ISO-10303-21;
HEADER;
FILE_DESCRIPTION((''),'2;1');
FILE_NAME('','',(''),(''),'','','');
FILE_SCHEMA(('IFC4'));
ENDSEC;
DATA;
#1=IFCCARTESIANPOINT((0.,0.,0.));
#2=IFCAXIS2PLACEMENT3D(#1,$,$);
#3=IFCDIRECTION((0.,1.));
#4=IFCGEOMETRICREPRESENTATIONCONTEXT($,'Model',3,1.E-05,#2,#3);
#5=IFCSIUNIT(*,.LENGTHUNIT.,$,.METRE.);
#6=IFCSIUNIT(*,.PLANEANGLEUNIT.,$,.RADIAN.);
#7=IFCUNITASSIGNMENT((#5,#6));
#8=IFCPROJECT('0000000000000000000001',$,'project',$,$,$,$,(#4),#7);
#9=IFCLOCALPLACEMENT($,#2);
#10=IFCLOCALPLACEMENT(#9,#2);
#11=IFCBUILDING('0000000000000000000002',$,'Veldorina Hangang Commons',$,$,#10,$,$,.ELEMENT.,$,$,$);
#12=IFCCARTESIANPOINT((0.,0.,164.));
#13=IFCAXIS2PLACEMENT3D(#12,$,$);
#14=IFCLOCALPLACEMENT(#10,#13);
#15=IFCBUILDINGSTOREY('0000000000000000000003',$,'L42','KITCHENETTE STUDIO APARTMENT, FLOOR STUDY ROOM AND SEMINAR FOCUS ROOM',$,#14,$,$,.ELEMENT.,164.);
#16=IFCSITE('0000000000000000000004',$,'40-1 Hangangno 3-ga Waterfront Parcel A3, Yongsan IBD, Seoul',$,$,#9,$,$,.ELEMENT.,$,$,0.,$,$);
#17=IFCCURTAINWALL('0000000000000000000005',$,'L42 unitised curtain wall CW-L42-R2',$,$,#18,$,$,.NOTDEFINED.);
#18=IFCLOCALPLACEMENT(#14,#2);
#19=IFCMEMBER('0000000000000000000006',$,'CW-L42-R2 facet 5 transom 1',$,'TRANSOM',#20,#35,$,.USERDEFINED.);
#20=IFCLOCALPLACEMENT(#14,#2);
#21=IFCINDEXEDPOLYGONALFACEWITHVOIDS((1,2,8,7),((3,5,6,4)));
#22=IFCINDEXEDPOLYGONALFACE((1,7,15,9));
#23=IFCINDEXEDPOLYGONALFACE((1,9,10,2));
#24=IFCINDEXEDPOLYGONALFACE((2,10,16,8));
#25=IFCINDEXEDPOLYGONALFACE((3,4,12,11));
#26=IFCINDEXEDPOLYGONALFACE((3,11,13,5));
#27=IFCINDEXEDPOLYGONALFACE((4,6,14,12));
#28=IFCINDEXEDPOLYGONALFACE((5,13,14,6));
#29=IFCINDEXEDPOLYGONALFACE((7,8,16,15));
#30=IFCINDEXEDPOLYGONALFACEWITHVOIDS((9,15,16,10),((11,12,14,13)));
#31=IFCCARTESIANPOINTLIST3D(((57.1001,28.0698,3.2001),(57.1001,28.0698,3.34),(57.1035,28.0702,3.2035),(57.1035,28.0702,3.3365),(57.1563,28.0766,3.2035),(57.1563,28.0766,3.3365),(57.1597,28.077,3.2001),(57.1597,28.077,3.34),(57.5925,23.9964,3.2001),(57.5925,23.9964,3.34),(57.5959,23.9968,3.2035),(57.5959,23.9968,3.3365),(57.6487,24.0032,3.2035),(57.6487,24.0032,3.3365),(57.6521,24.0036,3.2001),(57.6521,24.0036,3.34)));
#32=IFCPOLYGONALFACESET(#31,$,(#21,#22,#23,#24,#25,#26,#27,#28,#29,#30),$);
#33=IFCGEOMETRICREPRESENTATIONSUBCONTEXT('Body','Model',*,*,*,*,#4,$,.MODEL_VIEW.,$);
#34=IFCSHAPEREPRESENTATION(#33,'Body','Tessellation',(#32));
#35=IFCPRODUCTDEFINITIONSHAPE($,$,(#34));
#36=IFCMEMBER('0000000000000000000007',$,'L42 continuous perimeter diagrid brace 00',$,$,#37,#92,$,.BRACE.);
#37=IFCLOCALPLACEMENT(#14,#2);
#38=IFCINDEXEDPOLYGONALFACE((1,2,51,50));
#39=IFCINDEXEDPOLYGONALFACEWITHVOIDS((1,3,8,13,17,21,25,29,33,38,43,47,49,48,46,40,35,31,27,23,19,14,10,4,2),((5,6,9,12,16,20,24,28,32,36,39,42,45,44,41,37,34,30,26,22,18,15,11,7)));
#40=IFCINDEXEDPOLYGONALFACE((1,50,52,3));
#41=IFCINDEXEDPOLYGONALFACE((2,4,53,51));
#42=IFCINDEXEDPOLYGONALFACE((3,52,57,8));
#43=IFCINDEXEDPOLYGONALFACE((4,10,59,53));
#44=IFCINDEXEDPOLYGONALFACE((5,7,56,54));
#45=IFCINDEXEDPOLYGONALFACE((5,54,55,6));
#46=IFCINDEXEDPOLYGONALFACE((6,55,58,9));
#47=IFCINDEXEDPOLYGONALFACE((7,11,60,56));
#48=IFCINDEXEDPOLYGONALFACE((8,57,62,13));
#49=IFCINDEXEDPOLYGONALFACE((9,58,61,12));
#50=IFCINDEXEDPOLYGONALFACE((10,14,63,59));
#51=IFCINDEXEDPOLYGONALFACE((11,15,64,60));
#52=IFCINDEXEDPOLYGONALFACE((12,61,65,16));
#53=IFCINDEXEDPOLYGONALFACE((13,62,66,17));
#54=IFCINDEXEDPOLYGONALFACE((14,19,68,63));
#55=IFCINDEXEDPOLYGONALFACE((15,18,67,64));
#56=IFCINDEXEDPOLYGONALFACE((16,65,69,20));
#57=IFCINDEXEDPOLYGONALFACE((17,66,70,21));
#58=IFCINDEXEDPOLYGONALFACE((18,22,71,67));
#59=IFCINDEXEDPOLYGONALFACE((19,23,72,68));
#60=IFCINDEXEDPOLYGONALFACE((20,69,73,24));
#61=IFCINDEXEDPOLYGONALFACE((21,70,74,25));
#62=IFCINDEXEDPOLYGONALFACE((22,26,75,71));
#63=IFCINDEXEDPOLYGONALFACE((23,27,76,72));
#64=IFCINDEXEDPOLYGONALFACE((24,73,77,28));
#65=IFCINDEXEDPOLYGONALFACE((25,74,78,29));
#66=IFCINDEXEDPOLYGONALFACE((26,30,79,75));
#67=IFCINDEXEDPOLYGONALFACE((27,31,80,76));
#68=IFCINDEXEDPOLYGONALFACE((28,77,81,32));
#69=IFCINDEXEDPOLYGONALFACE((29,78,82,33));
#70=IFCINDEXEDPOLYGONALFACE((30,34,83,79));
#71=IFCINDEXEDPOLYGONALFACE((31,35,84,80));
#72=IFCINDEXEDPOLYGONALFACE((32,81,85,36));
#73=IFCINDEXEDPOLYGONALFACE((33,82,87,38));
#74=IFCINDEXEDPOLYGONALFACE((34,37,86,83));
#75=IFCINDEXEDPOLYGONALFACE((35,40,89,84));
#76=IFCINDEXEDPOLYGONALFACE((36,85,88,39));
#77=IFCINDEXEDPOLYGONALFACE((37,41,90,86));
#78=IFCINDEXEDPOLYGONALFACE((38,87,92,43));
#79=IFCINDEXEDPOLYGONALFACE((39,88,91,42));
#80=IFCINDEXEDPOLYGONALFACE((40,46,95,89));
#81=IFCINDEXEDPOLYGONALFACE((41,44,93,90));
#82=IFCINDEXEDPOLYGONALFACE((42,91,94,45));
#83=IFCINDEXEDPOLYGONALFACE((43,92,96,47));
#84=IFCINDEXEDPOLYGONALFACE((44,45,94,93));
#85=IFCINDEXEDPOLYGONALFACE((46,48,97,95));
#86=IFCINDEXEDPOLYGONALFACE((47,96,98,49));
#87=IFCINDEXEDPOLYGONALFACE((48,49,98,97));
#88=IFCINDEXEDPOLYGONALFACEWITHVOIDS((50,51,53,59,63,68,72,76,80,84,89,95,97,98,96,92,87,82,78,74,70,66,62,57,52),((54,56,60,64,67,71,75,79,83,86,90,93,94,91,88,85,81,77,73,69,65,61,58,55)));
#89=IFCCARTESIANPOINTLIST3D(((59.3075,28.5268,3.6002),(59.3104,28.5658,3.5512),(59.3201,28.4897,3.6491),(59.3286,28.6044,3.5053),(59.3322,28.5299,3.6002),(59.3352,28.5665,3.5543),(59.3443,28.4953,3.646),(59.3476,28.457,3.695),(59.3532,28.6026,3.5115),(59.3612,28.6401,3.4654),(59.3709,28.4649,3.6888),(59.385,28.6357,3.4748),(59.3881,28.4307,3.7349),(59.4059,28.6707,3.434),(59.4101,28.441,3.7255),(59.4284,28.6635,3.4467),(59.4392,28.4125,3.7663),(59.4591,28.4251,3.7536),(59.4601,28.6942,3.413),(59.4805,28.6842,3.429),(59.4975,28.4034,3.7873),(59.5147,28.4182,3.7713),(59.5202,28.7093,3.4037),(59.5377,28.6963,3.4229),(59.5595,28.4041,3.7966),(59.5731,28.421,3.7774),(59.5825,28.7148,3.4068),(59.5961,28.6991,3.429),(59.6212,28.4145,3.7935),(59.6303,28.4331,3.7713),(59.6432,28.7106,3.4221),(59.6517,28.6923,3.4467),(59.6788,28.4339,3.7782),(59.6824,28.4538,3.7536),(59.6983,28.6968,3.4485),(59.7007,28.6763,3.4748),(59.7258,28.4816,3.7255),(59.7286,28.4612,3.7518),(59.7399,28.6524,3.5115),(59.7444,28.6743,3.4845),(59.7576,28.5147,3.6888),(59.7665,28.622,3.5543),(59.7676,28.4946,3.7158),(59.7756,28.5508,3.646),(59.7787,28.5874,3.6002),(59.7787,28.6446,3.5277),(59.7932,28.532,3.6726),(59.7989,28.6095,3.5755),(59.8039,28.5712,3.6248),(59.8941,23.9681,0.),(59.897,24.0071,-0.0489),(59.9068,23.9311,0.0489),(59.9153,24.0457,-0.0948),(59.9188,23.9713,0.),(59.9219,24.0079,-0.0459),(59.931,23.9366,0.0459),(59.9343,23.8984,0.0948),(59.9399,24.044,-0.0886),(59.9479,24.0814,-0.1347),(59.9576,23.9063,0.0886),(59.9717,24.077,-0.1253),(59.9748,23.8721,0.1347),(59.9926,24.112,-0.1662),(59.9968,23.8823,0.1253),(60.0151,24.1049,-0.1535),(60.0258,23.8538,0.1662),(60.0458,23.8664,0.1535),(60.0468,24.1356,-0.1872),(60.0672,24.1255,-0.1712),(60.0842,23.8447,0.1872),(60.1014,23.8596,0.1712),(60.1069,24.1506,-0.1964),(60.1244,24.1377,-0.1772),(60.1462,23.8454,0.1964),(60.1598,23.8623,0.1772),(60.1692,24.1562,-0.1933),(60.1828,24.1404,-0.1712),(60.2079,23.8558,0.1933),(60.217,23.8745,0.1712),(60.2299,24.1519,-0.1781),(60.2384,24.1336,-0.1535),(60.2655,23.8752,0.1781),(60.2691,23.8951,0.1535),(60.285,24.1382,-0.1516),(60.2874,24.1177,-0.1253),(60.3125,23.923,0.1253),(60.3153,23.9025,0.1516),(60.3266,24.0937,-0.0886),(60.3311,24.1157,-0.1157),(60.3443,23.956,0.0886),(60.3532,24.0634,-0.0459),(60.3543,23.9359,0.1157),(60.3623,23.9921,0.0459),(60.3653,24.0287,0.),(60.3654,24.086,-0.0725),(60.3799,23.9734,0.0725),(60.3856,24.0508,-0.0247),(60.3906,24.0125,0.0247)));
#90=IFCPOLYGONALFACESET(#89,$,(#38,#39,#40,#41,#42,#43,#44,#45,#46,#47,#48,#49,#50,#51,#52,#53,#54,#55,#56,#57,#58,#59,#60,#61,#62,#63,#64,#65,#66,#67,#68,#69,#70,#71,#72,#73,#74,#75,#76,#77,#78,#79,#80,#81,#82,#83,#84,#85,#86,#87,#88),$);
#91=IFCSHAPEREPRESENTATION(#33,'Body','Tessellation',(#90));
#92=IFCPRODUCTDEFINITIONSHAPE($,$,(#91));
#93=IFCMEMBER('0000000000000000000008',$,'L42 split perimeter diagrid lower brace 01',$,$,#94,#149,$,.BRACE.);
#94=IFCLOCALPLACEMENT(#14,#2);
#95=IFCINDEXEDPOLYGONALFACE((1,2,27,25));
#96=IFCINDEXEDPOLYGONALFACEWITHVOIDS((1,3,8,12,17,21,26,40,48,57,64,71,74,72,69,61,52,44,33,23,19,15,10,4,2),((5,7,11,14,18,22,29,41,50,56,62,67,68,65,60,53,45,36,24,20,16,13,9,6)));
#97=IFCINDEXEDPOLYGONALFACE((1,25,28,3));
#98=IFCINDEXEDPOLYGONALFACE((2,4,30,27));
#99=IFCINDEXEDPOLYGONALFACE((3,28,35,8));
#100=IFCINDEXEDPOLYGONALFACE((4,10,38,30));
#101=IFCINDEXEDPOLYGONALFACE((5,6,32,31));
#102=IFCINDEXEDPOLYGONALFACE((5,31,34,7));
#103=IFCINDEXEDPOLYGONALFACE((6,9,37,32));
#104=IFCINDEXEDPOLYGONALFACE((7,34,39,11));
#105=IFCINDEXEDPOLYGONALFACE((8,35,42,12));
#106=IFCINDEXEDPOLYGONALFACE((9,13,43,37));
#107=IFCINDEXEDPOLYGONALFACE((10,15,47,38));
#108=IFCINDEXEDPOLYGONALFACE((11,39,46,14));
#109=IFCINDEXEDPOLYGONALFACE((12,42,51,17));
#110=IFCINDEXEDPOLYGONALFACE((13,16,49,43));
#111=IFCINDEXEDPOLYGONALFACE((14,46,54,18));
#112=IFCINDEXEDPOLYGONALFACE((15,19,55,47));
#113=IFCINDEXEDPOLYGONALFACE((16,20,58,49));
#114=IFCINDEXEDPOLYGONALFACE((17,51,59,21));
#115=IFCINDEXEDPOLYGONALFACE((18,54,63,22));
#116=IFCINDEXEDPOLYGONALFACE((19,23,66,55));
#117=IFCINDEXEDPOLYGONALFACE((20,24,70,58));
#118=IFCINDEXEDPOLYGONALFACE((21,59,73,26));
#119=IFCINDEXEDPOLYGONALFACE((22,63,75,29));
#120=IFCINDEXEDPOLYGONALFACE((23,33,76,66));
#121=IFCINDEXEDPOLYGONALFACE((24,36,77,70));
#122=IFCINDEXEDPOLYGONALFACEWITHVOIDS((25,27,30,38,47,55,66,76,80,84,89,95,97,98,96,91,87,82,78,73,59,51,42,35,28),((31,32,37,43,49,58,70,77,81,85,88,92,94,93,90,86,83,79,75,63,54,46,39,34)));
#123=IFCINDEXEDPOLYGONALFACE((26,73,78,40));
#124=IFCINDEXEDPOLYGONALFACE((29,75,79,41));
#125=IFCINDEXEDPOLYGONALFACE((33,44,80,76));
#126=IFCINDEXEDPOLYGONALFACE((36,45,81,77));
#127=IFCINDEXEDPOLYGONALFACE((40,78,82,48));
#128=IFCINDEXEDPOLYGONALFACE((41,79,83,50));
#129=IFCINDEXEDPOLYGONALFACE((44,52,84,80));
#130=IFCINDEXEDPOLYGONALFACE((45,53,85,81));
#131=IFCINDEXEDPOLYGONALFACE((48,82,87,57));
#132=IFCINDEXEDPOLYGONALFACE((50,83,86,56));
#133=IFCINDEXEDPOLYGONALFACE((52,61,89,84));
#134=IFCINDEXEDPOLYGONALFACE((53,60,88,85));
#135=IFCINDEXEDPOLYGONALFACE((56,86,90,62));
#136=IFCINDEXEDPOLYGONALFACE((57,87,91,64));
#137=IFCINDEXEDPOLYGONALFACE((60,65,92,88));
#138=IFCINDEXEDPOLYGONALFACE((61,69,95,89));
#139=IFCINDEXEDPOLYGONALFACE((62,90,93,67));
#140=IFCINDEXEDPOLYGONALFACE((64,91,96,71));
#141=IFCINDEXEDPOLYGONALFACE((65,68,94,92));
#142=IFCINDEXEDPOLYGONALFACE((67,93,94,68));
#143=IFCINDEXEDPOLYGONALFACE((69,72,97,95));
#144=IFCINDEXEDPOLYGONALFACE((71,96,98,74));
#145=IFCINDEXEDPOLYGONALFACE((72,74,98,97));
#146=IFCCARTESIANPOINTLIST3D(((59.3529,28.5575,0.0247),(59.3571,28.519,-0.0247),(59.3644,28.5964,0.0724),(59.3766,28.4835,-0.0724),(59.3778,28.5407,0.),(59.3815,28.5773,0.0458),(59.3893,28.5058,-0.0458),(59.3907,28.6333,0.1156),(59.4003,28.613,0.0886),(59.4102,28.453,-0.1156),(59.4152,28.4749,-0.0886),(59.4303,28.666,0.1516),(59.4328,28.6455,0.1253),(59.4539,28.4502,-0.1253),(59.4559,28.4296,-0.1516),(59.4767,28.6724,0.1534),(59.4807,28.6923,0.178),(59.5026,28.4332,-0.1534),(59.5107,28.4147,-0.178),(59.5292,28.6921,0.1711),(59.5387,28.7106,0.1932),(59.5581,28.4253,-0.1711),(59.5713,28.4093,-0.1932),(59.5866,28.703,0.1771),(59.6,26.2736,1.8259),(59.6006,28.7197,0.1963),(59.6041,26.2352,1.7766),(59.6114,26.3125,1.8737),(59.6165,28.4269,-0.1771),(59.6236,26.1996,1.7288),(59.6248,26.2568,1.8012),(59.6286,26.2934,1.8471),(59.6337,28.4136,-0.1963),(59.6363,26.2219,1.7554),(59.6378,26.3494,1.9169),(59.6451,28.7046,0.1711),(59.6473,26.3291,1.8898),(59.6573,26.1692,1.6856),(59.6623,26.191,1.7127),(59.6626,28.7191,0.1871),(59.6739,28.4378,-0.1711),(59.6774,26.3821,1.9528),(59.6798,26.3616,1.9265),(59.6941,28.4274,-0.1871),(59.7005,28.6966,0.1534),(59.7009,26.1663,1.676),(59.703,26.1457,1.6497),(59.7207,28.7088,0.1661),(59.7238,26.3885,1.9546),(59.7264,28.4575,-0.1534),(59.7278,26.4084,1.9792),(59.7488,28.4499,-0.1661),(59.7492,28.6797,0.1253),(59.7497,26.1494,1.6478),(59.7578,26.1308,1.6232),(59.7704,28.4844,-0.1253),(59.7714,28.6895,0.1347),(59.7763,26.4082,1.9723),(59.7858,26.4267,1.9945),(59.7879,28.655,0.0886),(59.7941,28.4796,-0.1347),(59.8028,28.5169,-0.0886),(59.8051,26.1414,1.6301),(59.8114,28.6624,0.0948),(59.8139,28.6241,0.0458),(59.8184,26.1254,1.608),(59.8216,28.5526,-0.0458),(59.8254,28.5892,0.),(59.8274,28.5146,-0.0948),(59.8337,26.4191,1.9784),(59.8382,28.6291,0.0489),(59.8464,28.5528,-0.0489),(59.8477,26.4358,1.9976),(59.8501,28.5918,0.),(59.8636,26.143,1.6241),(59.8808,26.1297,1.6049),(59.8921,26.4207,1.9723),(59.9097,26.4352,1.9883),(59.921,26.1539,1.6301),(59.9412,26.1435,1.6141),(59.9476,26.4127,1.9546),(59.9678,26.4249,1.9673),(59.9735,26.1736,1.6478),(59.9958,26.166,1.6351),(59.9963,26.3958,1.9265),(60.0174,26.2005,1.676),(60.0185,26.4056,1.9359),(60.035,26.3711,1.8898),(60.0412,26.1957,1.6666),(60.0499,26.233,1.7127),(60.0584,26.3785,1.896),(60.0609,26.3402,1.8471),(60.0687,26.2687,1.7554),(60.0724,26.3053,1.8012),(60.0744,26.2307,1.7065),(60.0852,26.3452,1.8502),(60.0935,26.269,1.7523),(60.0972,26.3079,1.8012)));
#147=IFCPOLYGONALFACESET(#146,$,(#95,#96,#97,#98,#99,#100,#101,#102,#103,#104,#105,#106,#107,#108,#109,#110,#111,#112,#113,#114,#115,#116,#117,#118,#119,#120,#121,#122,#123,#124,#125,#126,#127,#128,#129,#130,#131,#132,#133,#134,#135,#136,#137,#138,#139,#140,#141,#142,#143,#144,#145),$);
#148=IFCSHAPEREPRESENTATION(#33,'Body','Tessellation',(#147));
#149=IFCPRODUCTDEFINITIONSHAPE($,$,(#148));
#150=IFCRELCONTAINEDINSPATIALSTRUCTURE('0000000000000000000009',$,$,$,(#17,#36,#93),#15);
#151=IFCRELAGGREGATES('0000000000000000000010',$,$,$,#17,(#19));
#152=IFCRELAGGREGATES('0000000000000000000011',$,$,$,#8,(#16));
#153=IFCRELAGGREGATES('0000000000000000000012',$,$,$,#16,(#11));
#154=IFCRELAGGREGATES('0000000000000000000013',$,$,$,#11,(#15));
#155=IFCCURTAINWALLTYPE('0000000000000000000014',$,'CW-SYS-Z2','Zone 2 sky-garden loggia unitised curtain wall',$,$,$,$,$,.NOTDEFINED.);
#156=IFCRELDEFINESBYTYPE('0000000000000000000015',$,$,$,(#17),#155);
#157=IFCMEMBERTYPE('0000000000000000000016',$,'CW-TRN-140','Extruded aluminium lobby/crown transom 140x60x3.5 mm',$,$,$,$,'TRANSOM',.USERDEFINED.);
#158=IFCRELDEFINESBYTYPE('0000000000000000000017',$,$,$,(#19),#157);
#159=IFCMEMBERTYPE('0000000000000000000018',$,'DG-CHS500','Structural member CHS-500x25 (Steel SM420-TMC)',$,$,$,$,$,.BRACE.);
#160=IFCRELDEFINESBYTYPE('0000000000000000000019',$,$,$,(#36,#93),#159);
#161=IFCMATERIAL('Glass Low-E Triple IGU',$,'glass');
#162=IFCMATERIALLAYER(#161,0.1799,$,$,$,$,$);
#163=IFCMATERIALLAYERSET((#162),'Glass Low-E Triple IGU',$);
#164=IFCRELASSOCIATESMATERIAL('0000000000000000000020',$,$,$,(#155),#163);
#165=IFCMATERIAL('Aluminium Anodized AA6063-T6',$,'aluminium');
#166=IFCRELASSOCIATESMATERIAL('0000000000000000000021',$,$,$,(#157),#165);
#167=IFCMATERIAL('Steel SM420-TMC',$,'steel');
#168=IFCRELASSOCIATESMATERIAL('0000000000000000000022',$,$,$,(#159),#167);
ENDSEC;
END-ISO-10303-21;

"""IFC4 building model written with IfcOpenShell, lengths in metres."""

from ifc_helpers import new_model, si_unit, direction, frame, origin, origin_2d, place, context, subcontext, project, spatial, hollow_rectangle, hollow_circle, extrude, material, layer, layer_set, material_profile, profile_set, type_object, element, aggregate, save


model = new_model("IFC4")

# Units and contexts
model_context = context("Model", 3, precision=1e-05, world=origin(), true_north=direction((0.0, 1.0)))
body_context = subcontext(model_context, "Body", "Model", "MODEL_VIEW")
ifc_project = project(units=[si_unit("LENGTHUNIT", "METRE"), si_unit("PLANEANGLEUNIT", "RADIAN")], contexts=[model_context])

# Site, building, storey
site_placement = place(None, origin())
site = spatial("IfcSite", under=ifc_project, at=site_placement, Name="40-1 Hangangno 3-ga Waterfront Parcel A3, Yongsan IBD, Seoul", CompositionType="ELEMENT", RefElevation=0.0)
building_placement = place(site_placement, origin())
building = spatial("IfcBuilding", under=site, at=building_placement, Name="Veldorina Hangang Commons", CompositionType="ELEMENT")
storey_placement = place(building_placement, frame((0.0, 0.0, 164.0)))
storey = spatial("IfcBuildingStorey", under=building, at=storey_placement, Name="L42", Description="KITCHENETTE STUDIO APARTMENT, FLOOR STUDY ROOM AND SEMINAR FOCUS ROOM", CompositionType="ELEMENT", Elevation=164.0)

# Shared definitions
ifc_material_1 = material(Name="Steel SM420-TMC", Category="steel")

# Curtain wall, member
ifc_material_2 = material(Name="Glass Low-E Triple IGU", Category="glass")
ifc_layer_1 = layer(ifc_material_2, 0.1799)
ifc_layer_set_1 = layer_set([ifc_layer_1], Name="Glass Low-E Triple IGU")
curtain_wall_type = type_object("IfcCurtainWallType", Name="CW-SYS-Z2", Description="Zone 2 sky-garden loggia unitised curtain wall", PredefinedType="NOTDEFINED", material=ifc_layer_set_1)
curtain_wall_placement = place(storey_placement, origin())
curtain_wall = element("IfcCurtainWall", 1, at=curtain_wall_placement, inside=storey, type_object=curtain_wall_type, Name="L42 unitised curtain wall CW-L42-R2", PredefinedType="NOTDEFINED")
ifc_material_3 = material(Name="Aluminium Anodized AA6063-T6", Category="aluminium")
ifc_material_profile_1 = material_profile(ifc_material_3, hollow_rectangle(XDim=0.0601, YDim=0.1399, WallThickness=0.0034, at=origin_2d()), Name="ALU-RHS-140x60x3.5")
ifc_profile_set_1 = profile_set([ifc_material_profile_1], Name="Aluminium Anodized AA6063-T6")
member_type_1 = type_object("IfcMemberType", Name="CW-TRN-140", Description="Extruded aluminium lobby/crown transom 140x60x3.5 mm", ElementType="TRANSOM", PredefinedType="USERDEFINED", material=ifc_profile_set_1)
member_1_placement = place(storey_placement, frame((57.6223, 24.0, 3.27), z_axis=(-0.120013, 0.992772, 0.0), x_axis=(-0.992772, -0.120013, 0.0)))
member_1 = element("IfcMember", 2, at=member_1_placement, type_object=member_type_1, Name="CW-L42-R2 facet 5 transom 1", ObjectType="TRANSOM", PredefinedType="USERDEFINED", context=body_context, shape_type="SweptSolid", body=[
    extrude(hollow_rectangle(XDim=0.0601, YDim=0.1399, WallThickness=0.0034, at=origin_2d()), origin(), (0.0, 0.0, 1.0), 4.103),
])

# Members
ifc_material_profile_2 = material_profile(ifc_material_1, hollow_circle(Radius=0.25, WallThickness=0.0249, at=origin_2d()), Name="CHS-500x25")
ifc_profile_set_2 = profile_set([ifc_material_profile_2], Name="Steel SM420-TMC")
member_type_2 = type_object("IfcMemberType", Name="DG-CHS500", Description="Structural member CHS-500x25 (Steel SM420-TMC)", PredefinedType="BRACE", material=ifc_profile_set_2)
member_2_placement = place(storey_placement, frame((60.1421, 24.0, 0.0), z_axis=(-0.100487, 0.780809, 0.616635), x_axis=(-0.99182, -0.127643, 0.0)))
element("IfcMember", 3, at=member_2_placement, inside=storey, type_object=member_type_2, Name="L42 continuous perimeter diagrid brace 00", PredefinedType="BRACE", context=body_context, shape_type="SweptSolid", body=[
    extrude(hollow_circle(Radius=0.25, WallThickness=0.0249, at=origin_2d()), origin(), (0.0, 0.0, 1.0), 5.8384),
])
member_3_placement = place(storey_placement, frame((59.6016, 28.5649, 0.0), z_axis=(0.084635, -0.782373, 0.617033), x_axis=(0.9942, 0.10755, 0.0)))
element("IfcMember", 4, at=member_3_placement, inside=storey, type_object=member_type_2, Name="L42 split perimeter diagrid lower brace 01", PredefinedType="BRACE", context=body_context, shape_type="SweptSolid", body=[
    extrude(hollow_circle(Radius=0.25, WallThickness=0.0249, at=origin_2d()), origin(), (0.0, 0.0, 1.0), 2.9192),
])

aggregate(curtain_wall, [member_1])

save(model, "model.ifc")
